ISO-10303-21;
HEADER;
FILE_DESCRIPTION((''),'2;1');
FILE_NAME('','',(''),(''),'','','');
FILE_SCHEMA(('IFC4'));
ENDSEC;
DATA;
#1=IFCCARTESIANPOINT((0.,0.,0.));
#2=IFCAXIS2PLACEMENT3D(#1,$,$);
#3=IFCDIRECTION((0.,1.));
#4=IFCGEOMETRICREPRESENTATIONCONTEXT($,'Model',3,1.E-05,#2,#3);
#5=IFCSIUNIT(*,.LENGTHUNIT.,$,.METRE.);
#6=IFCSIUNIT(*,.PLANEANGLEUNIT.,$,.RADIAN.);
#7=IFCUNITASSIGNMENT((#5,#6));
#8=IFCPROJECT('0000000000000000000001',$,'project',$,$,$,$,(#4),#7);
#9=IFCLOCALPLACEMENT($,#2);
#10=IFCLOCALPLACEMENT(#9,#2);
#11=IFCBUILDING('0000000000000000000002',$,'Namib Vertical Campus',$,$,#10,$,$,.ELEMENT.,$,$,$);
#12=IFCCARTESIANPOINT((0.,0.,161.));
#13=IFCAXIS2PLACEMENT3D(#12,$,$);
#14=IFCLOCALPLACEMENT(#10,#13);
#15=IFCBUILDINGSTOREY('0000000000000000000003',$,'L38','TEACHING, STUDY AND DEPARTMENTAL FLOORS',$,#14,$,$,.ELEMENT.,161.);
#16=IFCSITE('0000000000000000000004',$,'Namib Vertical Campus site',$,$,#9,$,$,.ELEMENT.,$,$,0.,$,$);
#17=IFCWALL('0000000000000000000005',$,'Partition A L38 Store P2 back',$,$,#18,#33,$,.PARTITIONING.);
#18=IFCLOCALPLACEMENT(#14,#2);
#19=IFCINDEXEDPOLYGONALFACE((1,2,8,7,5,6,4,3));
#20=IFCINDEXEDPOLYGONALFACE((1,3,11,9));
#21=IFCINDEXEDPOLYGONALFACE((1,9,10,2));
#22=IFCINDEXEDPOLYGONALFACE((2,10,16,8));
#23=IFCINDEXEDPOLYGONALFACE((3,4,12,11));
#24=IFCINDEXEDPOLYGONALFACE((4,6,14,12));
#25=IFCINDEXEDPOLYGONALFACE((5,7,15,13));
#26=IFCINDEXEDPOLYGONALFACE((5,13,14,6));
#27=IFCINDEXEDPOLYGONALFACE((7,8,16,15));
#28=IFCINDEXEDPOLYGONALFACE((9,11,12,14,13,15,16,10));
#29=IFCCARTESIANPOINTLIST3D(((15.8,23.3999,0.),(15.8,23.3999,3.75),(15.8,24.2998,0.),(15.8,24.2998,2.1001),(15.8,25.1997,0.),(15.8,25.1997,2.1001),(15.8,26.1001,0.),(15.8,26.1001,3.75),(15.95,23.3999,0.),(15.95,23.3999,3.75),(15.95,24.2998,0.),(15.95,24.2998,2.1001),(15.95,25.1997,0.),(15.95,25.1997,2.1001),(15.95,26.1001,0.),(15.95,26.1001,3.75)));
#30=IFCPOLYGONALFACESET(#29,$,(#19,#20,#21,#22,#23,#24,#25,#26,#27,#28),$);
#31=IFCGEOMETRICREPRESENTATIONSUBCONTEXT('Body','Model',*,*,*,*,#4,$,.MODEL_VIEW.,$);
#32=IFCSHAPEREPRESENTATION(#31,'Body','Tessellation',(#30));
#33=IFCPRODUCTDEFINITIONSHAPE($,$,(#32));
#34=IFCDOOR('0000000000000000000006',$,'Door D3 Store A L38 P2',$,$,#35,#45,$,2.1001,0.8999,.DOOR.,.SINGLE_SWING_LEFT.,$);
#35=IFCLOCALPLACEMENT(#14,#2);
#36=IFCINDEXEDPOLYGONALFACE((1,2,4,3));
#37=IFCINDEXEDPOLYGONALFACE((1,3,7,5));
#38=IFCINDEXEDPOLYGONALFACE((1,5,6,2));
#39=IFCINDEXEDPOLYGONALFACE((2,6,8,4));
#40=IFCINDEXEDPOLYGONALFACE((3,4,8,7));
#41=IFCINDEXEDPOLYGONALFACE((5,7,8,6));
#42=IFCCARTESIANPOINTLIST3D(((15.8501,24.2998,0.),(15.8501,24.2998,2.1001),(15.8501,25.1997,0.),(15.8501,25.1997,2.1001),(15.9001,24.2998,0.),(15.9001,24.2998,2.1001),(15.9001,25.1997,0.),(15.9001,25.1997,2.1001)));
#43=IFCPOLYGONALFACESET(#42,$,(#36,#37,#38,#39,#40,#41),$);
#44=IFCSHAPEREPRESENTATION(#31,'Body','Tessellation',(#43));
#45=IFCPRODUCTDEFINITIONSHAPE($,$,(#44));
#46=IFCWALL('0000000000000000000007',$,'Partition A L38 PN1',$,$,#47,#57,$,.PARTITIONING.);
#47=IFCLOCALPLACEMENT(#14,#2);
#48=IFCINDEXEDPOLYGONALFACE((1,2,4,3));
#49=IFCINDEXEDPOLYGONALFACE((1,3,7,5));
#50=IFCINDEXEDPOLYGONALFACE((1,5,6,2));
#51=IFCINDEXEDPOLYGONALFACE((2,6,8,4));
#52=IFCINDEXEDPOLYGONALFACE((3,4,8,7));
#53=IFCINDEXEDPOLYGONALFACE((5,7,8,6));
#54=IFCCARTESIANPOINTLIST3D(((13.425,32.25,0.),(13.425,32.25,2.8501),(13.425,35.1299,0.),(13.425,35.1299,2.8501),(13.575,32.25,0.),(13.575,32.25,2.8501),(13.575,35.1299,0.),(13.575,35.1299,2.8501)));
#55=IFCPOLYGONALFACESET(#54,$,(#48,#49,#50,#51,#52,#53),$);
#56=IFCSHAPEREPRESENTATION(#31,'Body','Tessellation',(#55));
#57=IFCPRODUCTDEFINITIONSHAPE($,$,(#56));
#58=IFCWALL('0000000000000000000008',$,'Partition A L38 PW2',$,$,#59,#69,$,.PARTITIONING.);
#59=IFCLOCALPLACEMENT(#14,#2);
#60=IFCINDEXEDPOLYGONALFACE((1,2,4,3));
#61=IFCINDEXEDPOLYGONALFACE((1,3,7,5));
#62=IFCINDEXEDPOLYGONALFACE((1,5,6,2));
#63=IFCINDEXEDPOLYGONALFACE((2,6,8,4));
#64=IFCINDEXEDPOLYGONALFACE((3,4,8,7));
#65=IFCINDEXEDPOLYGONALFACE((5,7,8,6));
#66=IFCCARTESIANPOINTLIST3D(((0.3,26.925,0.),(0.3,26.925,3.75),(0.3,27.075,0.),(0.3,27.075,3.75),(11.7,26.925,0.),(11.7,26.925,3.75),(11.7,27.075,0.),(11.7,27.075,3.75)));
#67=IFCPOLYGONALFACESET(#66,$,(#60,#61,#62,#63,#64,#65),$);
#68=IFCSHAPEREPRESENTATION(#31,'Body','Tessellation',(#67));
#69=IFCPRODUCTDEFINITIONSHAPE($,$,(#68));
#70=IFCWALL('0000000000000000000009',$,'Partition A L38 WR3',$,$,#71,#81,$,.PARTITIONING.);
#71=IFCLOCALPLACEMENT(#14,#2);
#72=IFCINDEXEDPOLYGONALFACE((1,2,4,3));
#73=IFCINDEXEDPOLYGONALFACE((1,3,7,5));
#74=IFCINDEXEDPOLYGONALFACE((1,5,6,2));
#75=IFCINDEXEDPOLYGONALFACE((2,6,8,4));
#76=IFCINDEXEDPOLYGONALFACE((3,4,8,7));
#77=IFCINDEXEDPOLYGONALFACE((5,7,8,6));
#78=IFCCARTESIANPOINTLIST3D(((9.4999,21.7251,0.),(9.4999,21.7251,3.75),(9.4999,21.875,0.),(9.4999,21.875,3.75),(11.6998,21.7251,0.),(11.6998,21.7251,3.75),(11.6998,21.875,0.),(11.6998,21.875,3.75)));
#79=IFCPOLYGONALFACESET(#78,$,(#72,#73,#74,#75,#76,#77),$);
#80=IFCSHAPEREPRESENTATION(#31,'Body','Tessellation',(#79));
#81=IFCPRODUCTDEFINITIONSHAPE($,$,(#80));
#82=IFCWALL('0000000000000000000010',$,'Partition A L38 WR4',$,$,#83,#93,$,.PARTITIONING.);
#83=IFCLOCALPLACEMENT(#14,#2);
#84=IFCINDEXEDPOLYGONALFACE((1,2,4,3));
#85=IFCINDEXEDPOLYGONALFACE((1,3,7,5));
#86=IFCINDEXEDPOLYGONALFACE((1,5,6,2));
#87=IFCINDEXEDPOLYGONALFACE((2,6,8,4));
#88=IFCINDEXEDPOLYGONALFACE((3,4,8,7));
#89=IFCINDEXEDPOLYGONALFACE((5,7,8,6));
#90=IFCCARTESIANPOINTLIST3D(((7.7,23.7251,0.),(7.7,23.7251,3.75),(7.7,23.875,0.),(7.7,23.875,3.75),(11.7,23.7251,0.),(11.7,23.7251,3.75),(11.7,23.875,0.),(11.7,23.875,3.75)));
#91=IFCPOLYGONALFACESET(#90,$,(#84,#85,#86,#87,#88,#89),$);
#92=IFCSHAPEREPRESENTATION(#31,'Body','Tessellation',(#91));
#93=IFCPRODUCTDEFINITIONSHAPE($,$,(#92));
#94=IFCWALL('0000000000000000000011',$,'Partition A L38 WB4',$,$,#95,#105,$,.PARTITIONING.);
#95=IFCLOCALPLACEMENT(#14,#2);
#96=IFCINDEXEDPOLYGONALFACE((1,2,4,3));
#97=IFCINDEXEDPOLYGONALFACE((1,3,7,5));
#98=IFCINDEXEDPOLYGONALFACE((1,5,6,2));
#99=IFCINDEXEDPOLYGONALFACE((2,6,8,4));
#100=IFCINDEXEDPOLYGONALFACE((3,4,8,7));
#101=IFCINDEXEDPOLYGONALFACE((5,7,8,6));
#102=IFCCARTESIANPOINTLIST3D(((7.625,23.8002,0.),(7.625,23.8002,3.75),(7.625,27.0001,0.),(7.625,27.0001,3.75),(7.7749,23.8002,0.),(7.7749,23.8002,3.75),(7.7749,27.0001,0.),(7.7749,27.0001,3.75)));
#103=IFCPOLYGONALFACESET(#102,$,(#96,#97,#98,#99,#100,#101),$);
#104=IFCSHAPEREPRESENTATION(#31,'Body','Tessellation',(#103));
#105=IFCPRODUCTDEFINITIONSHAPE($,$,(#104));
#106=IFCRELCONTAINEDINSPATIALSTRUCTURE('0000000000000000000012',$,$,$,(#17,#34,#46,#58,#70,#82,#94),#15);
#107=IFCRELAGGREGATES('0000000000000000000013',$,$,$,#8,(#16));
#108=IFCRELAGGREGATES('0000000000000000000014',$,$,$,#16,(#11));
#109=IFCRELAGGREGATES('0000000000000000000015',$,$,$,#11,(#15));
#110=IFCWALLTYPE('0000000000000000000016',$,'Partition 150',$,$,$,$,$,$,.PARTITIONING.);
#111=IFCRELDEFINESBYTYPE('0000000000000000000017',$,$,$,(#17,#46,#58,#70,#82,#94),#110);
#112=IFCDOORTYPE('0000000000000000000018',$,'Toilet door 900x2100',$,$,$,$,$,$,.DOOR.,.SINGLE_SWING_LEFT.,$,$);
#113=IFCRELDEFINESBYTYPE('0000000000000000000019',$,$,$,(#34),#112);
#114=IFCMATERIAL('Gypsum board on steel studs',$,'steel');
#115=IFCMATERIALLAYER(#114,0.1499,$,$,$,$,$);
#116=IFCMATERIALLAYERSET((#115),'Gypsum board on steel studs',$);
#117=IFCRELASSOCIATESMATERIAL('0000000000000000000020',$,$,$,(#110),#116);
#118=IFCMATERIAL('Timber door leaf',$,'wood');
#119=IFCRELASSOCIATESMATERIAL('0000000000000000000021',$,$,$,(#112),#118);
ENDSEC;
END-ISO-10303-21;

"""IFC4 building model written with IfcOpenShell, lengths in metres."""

from ifc_helpers import new_model, si_unit, direction, frame, frame_2d, origin, place, context, subcontext, project, spatial, rectangle, extrude, material, layer, layer_set, type_object, element, fill, save


model = new_model("IFC4")

# Units and contexts
model_context = context("Model", 3, precision=1e-05, world=origin(), true_north=direction((0.0, 1.0)))
body_context = subcontext(model_context, "Body", "Model", "MODEL_VIEW")
ifc_project = project(units=[si_unit("LENGTHUNIT", "METRE"), si_unit("PLANEANGLEUNIT", "RADIAN")], contexts=[model_context])

# Site, building, storey
site_placement = place(None, origin())
site = spatial("IfcSite", under=ifc_project, at=site_placement, Name="Namib Vertical Campus site", CompositionType="ELEMENT", RefElevation=0.0)
building_placement = place(site_placement, origin())
building = spatial("IfcBuilding", under=site, at=building_placement, Name="Namib Vertical Campus", CompositionType="ELEMENT")
storey_placement = place(building_placement, frame((0.0, 0.0, 161.0)))
storey = spatial("IfcBuildingStorey", under=building, at=storey_placement, Name="L38", Description="TEACHING, STUDY AND DEPARTMENTAL FLOORS", CompositionType="ELEMENT", Elevation=161.0)

# Wall, opening, door
ifc_material_1 = material(Name="Gypsum board on steel studs", Category="steel")
ifc_layer_1 = layer(ifc_material_1, 0.1499)
ifc_layer_set_1 = layer_set([ifc_layer_1], Name="Gypsum board on steel studs")
wall_type_1 = type_object("IfcWallType", Name="Partition 150", PredefinedType="PARTITIONING", material=ifc_layer_set_1)
wall_1_placement = place(storey_placement, frame((15.875, 23.3999, 0.0), z_axis=(0.0, 0.0, 1.0), x_axis=(0.0, 1.0, 0.0)))
wall_1 = element("IfcWall", 1, at=wall_1_placement, inside=storey, type_object=wall_type_1, Name="Partition A L38 Store P2 back", PredefinedType="PARTITIONING", context=body_context, shape_type="SweptSolid", body=[
    extrude(rectangle(XDim=2.7002, YDim=0.1499, at=frame_2d((1.3501, 0.0))), origin(), (0.0, 0.0, 1.0), 3.75),
])
opening_1_placement = place(wall_1_placement, frame((0.8999, 0.0, 0.0)))
opening_1 = element("IfcOpeningElement", 2, at=opening_1_placement, cuts=wall_1, PredefinedType="OPENING", context=body_context, shape_type="SweptSolid", body=[
    extrude(rectangle(XDim=0.8999, YDim=2.1001, at=frame_2d((0.45, 1.05))), frame((0.0, 0.085, 0.0), z_axis=(0.0, -1.0, 0.0), x_axis=(1.0, 0.0, 0.0)), (0.0, 0.0, 1.0), 0.1699),
])
ifc_material_2 = material(Name="Timber door leaf", Category="wood")
door_type_1 = type_object("IfcDoorType", Name="Toilet door 900x2100", OperationType="SINGLE_SWING_LEFT", PredefinedType="DOOR", material=ifc_material_2)
door_1_placement = place(opening_1_placement, origin())
door_1 = element("IfcDoor", 3, at=door_1_placement, inside=storey, type_object=door_type_1, Name="Door D3 Store A L38 P2", OperationType="SINGLE_SWING_LEFT", OverallHeight=2.1001, OverallWidth=0.8999, PredefinedType="DOOR", context=body_context, shape_type="SweptSolid", body=[
    extrude(rectangle(XDim=0.8999, YDim=2.1001, at=frame_2d((0.45, 1.05))), frame((0.0, 0.0249, 0.0), z_axis=(0.0, -1.0, 0.0), x_axis=(1.0, 0.0, 0.0)), (0.0, 0.0, 1.0), 0.05),
])
fill(opening_1, door_1)

# Walls
wall_2_placement = place(storey_placement, frame((13.5, 32.25, 0.0), z_axis=(0.0, 0.0, 1.0), x_axis=(0.0, 1.0, 0.0)))
element("IfcWall", 4, at=wall_2_placement, inside=storey, type_object=wall_type_1, Name="Partition A L38 PN1", PredefinedType="PARTITIONING", context=body_context, shape_type="SweptSolid", body=[
    extrude(rectangle(XDim=2.8799, YDim=0.1499, at=frame_2d((1.4399, 0.0))), origin(), (0.0, 0.0, 1.0), 2.8501),
])
wall_3_placement = place(storey_placement, frame((0.3, 27.0, 0.0), z_axis=(0.0, 0.0, 1.0), x_axis=(1.0, 0.0, 0.0)))
element("IfcWall", 5, at=wall_3_placement, inside=storey, type_object=wall_type_1, Name="Partition A L38 PW2", PredefinedType="PARTITIONING", context=body_context, shape_type="SweptSolid", body=[
    extrude(rectangle(XDim=11.3999, YDim=0.1499, at=frame_2d((5.7, 0.0))), origin(), (0.0, 0.0, 1.0), 3.75),
])
wall_4_placement = place(storey_placement, frame((11.7, 21.8, 0.0), z_axis=(0.0, 0.0, 1.0), x_axis=(-1.0, 0.0, 0.0)))
element("IfcWall", 6, at=wall_4_placement, inside=storey, type_object=wall_type_1, Name="Partition A L38 WR3", PredefinedType="PARTITIONING", context=body_context, shape_type="SweptSolid", body=[
    extrude(rectangle(XDim=2.2, YDim=0.1499, at=frame_2d((1.1001, 0.0))), origin(), (0.0, 0.0, 1.0), 3.75),
])
wall_5_placement = place(storey_placement, frame((11.7, 23.8, 0.0), z_axis=(0.0, 0.0, 1.0), x_axis=(-1.0, 0.0, 0.0)))
element("IfcWall", 7, at=wall_5_placement, inside=storey, type_object=wall_type_1, Name="Partition A L38 WR4", PredefinedType="PARTITIONING", context=body_context, shape_type="SweptSolid", body=[
    extrude(rectangle(XDim=4.0, YDim=0.1499, at=frame_2d((2.0, 0.0))), origin(), (0.0, 0.0, 1.0), 3.75),
])
wall_6_placement = place(storey_placement, frame((7.7, 23.8, 0.0), z_axis=(0.0, 0.0, 1.0), x_axis=(0.0, 1.0, 0.0)))
element("IfcWall", 8, at=wall_6_placement, inside=storey, type_object=wall_type_1, Name="Partition A L38 WB4", PredefinedType="PARTITIONING", context=body_context, shape_type="SweptSolid", body=[
    extrude(rectangle(XDim=3.2, YDim=0.1499, at=frame_2d((1.6001, 0.0))), origin(), (0.0, 0.0, 1.0), 3.75),
])

save(model, "model.ifc")
